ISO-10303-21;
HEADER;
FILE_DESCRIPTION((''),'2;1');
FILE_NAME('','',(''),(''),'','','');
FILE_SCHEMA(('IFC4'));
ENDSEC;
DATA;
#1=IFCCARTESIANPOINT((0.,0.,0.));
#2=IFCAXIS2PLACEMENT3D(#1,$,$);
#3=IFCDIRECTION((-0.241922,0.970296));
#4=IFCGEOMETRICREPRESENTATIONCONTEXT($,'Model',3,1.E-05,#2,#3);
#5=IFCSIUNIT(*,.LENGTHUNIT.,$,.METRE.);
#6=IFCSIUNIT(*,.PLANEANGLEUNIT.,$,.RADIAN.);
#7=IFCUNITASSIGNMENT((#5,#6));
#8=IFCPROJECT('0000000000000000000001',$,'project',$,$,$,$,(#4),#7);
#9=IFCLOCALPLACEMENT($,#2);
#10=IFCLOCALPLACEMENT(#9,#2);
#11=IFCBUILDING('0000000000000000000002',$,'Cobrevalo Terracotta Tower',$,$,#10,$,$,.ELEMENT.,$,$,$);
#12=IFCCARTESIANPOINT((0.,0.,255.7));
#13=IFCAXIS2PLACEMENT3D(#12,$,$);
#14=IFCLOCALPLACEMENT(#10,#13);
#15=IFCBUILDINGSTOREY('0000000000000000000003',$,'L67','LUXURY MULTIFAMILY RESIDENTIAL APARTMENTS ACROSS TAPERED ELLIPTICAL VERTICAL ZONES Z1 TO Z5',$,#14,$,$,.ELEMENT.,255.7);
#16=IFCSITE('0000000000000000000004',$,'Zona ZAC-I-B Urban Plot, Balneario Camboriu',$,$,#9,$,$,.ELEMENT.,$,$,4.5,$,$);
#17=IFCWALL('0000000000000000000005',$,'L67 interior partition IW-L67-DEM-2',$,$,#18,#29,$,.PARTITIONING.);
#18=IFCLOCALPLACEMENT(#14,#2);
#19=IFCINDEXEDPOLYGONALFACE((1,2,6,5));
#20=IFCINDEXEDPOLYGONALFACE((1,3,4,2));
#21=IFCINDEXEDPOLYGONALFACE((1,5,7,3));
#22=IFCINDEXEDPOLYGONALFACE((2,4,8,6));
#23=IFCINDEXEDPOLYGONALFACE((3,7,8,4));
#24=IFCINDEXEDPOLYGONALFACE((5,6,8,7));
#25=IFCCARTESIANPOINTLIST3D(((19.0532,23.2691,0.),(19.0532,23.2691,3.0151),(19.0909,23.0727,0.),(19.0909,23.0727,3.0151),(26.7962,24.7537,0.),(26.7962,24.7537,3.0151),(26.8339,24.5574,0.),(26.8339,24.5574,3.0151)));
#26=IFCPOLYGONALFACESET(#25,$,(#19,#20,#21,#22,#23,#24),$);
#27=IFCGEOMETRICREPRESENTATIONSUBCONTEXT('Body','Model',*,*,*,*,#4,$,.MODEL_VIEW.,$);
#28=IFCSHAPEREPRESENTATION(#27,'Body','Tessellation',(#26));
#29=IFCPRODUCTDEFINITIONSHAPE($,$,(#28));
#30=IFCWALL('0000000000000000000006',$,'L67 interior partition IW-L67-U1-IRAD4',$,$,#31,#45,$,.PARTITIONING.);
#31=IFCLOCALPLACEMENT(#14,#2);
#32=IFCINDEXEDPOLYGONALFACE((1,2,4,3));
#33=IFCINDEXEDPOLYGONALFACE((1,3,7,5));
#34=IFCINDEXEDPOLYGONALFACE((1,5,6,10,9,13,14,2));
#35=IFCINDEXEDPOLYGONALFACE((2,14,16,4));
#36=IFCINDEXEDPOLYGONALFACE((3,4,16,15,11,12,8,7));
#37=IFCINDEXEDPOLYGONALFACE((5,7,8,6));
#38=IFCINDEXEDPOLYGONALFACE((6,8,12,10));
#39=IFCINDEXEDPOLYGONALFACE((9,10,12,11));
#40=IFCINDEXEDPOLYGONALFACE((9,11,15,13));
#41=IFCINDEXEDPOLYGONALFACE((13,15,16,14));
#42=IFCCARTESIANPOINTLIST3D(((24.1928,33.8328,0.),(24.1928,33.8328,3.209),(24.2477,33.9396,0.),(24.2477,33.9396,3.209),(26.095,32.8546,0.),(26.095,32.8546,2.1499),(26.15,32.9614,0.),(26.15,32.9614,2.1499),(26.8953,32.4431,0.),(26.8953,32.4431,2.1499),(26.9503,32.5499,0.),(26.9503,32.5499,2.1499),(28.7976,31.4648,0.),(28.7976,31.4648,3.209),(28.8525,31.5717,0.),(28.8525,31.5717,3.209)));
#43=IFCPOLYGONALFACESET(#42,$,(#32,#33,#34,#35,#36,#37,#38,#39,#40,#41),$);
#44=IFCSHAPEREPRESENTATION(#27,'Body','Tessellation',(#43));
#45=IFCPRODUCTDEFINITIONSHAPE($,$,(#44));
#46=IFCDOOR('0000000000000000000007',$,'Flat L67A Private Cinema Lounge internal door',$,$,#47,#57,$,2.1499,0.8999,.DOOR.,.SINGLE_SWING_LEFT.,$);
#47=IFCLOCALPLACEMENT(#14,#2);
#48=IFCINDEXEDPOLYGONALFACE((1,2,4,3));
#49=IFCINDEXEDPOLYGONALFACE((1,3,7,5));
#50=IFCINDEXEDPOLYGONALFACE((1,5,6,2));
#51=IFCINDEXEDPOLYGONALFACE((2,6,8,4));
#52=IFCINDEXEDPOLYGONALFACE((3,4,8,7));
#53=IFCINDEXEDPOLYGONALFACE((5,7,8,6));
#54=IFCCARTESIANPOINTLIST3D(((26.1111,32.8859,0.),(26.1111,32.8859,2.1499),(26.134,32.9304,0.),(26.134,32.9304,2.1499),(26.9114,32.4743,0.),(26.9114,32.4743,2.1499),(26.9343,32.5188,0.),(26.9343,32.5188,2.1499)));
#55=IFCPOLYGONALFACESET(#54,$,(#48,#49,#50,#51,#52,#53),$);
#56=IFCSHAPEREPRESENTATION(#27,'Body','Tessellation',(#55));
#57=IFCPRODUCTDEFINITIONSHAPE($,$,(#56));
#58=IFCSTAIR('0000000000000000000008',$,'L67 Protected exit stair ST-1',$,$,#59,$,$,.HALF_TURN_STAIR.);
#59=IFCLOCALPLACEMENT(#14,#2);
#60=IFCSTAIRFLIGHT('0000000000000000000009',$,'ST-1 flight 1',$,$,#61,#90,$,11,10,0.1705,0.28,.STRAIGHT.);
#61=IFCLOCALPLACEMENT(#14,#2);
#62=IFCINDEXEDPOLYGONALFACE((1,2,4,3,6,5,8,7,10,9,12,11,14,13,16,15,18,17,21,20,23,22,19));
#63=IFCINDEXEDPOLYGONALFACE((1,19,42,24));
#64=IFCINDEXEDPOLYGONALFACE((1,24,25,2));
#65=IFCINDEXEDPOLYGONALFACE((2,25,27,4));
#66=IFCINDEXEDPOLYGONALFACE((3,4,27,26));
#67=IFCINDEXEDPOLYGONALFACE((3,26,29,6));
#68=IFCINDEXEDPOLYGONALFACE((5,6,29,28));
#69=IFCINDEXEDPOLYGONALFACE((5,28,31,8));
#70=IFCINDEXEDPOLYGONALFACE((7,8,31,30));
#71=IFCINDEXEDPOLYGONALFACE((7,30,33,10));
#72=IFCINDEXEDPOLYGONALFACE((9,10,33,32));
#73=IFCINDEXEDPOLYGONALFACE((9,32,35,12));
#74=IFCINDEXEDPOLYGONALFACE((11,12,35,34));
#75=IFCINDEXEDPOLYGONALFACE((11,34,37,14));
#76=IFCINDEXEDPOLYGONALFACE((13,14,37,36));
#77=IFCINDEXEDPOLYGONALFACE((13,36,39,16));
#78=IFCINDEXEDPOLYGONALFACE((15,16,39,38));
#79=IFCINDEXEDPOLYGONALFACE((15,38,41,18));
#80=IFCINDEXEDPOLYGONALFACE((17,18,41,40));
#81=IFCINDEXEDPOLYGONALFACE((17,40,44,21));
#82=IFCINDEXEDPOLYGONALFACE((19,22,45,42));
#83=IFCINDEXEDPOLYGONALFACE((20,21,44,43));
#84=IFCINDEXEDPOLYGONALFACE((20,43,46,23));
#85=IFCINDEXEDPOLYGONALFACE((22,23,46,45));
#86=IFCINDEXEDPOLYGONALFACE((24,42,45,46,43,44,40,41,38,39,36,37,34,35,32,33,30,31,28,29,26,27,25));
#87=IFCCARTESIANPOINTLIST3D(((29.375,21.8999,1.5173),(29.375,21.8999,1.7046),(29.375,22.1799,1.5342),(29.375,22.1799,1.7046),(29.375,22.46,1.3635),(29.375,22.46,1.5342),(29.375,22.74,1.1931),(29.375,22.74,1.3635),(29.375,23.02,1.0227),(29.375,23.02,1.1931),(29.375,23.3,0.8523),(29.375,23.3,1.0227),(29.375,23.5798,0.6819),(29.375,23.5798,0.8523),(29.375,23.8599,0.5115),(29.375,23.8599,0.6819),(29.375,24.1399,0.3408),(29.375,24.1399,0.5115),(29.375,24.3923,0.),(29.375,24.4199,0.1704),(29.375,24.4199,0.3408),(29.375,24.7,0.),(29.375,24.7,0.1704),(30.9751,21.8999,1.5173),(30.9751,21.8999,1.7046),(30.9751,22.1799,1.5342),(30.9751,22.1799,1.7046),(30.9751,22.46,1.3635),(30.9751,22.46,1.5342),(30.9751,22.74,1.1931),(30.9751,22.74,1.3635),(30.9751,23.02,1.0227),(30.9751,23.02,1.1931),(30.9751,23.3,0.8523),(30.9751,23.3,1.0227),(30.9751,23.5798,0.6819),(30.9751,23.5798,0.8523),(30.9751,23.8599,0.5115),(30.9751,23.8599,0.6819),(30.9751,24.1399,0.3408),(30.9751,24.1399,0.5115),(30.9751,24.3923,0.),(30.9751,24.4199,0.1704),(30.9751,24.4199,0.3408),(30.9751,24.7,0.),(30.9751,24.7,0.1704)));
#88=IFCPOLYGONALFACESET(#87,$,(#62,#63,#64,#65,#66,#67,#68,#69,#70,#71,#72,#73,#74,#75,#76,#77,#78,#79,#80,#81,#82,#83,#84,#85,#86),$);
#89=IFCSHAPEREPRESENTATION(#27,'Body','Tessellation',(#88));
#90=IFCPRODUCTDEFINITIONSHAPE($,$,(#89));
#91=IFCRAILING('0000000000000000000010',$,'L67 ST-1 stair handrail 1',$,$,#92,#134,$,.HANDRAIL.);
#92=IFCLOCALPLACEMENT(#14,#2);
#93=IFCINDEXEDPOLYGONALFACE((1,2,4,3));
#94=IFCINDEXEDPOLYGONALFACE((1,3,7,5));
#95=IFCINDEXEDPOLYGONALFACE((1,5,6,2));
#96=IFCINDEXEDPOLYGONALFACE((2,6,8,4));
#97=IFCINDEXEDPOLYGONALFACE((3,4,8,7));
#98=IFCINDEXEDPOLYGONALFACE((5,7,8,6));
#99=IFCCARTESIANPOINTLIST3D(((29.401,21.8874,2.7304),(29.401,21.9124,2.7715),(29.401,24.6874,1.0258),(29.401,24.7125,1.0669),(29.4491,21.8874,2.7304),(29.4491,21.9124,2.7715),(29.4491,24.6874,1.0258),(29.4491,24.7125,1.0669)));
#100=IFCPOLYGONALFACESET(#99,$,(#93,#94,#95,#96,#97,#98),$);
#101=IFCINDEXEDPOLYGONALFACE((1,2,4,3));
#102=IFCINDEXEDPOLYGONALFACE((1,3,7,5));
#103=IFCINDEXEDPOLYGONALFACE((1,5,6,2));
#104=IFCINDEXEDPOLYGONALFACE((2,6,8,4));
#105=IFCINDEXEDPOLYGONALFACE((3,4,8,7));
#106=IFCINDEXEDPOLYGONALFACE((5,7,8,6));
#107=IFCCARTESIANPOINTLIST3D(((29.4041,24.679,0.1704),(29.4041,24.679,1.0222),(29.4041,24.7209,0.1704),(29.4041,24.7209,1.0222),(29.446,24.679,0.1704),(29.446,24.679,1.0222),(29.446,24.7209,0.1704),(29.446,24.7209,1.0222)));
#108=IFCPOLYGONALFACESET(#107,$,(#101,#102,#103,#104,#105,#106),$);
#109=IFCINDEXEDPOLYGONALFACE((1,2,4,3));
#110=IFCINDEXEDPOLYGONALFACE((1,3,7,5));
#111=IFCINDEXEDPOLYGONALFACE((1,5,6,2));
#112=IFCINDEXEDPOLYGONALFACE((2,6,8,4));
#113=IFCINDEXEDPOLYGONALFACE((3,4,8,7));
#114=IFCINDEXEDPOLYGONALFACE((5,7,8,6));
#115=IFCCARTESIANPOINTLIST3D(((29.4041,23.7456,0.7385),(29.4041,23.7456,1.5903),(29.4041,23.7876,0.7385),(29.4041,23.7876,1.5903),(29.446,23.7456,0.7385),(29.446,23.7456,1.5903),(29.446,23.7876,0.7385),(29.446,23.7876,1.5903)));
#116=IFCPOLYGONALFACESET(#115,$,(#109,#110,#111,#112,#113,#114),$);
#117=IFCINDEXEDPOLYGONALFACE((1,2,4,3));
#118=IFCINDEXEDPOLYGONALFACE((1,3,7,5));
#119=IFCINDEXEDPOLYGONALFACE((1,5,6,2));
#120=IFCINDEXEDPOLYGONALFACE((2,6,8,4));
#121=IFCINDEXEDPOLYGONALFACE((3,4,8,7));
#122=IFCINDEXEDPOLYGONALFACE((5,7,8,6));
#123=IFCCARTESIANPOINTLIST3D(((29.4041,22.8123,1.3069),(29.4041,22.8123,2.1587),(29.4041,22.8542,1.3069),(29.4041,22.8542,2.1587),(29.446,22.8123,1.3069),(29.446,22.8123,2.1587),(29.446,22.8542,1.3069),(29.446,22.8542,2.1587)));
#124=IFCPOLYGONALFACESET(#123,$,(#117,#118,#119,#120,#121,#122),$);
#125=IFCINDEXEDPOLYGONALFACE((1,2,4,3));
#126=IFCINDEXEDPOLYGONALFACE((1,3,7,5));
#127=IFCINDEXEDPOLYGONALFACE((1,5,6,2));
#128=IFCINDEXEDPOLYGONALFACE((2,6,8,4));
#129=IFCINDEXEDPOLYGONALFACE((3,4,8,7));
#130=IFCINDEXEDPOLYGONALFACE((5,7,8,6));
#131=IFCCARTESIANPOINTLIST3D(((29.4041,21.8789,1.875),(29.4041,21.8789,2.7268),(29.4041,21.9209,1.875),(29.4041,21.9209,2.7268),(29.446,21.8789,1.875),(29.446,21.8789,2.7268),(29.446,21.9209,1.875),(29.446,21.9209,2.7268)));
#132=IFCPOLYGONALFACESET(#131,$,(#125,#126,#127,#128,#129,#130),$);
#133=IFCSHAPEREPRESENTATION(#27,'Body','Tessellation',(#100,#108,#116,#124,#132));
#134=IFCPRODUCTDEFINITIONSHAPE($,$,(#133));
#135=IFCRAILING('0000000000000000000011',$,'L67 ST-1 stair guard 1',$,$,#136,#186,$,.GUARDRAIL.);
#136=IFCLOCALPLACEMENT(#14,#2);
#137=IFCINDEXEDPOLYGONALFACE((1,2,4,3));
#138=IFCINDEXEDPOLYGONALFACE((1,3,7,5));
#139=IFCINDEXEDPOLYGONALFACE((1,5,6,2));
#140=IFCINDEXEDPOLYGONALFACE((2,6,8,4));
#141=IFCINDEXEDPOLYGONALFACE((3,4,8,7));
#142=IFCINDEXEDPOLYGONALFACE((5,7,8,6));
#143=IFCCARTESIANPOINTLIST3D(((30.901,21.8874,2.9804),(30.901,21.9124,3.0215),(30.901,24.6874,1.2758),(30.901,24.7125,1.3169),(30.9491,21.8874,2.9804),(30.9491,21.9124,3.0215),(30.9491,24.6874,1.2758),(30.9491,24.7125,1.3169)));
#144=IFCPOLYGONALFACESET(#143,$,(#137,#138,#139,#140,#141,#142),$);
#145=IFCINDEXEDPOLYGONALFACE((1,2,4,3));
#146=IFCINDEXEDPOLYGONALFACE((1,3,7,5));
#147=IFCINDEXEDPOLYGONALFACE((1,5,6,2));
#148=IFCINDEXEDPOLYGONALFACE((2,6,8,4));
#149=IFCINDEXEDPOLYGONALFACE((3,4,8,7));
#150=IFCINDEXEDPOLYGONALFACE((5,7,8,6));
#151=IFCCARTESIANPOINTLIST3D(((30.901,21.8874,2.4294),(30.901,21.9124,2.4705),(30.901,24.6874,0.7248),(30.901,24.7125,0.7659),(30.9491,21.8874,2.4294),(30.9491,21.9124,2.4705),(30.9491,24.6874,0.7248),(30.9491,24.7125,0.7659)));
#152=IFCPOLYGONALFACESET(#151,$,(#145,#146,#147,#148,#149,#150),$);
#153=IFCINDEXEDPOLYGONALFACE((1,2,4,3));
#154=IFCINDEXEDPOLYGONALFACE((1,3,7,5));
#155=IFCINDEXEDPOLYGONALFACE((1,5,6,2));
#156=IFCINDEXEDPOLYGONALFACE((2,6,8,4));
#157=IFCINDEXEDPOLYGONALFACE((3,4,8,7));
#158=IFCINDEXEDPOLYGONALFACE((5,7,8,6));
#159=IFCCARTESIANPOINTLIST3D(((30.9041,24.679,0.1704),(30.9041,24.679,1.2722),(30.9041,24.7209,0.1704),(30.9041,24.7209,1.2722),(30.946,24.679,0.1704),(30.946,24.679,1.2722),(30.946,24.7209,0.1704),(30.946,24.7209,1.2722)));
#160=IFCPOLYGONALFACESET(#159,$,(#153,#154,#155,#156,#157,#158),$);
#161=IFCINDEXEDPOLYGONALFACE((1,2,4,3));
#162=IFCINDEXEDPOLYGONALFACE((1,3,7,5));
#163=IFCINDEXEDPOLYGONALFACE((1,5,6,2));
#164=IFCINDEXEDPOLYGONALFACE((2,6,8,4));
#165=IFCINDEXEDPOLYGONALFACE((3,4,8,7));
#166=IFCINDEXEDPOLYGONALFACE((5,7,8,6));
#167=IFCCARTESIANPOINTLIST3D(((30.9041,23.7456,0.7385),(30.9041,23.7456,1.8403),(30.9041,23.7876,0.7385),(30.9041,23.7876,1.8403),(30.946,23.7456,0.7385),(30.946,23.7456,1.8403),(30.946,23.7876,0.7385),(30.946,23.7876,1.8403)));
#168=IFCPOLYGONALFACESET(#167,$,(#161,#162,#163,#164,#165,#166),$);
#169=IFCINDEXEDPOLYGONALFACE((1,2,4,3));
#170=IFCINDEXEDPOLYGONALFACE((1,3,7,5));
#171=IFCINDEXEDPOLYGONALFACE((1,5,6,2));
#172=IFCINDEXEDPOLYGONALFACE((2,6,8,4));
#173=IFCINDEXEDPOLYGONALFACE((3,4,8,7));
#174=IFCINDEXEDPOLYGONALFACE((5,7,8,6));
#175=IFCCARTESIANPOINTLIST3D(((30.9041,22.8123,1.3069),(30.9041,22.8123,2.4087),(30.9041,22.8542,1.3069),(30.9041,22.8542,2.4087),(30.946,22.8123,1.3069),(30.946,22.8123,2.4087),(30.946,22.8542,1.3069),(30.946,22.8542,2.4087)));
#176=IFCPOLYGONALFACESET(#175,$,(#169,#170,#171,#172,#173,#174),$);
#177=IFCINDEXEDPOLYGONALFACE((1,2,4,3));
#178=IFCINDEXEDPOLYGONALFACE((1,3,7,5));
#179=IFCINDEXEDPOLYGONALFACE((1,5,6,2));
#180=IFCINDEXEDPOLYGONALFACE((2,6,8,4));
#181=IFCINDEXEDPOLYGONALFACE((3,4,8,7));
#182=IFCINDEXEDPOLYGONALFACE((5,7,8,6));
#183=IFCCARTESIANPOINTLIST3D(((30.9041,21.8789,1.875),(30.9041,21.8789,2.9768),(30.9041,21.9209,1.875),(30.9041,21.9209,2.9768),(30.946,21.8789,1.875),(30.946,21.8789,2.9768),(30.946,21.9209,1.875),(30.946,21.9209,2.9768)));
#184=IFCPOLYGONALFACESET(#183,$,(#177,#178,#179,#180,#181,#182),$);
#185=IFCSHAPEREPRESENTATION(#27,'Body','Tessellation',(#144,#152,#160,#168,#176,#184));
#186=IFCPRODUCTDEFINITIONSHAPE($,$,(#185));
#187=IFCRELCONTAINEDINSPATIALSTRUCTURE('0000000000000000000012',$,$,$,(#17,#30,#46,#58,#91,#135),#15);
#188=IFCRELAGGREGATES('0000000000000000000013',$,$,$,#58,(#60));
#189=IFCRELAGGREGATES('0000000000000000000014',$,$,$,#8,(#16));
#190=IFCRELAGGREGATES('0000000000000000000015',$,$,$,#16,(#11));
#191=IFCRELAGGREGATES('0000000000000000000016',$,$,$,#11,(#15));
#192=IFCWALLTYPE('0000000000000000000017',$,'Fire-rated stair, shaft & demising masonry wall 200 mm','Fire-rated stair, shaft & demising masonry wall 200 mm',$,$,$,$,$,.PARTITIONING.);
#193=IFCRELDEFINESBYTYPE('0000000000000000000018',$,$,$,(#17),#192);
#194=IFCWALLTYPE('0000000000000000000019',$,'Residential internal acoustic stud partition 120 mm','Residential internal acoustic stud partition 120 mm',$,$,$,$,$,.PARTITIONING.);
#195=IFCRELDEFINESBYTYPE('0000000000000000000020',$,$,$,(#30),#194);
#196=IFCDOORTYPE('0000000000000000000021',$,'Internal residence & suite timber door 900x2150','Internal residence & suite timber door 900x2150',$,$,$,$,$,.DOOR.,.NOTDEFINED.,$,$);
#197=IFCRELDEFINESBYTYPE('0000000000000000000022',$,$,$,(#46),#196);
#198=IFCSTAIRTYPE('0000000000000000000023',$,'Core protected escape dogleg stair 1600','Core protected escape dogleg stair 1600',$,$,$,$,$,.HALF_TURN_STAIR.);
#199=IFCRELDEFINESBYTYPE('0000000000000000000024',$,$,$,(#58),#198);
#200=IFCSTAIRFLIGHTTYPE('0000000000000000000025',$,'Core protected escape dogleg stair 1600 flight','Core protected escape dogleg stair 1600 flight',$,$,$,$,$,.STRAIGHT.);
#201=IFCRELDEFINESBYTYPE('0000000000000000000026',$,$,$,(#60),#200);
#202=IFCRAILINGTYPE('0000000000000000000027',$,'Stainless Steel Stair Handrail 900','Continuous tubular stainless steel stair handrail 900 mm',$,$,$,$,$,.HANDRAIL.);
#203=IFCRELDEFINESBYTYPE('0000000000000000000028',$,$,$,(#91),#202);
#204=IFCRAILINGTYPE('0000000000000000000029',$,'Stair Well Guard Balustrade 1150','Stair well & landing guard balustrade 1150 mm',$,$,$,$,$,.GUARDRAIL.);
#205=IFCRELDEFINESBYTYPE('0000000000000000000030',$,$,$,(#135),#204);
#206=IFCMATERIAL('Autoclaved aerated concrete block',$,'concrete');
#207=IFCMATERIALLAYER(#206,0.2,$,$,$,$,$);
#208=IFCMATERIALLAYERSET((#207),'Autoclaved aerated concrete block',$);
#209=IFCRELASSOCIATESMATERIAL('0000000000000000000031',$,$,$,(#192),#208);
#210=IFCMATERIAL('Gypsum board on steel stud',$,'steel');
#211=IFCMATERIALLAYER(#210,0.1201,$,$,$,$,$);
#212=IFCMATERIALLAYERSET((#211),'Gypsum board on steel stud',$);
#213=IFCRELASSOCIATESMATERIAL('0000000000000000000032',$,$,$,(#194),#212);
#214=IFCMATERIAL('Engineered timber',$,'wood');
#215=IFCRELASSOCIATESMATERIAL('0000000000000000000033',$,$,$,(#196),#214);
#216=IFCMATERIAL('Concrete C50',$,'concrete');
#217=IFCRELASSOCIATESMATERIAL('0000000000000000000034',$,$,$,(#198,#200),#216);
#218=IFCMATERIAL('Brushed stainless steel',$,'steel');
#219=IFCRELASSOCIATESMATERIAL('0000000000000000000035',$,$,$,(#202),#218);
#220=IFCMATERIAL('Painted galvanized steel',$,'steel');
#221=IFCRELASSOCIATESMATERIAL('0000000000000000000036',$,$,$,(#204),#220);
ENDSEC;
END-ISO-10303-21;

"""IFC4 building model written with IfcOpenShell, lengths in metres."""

from ifc_helpers import new_model, si_unit, direction, frame, frame_2d, origin, origin_2d, place, context, subcontext, project, spatial, polyline, rectangle, outline, extrude, source, transform, mapped, material, layer, layer_set, type_object, element, fill, aggregate, save


model = new_model("IFC4")

# Units and contexts
model_context = context("Model", 3, precision=1e-05, world=origin(), true_north=direction((-0.241922, 0.970296)))
body_context = subcontext(model_context, "Body", "Model", "MODEL_VIEW")
ifc_project = project(units=[si_unit("LENGTHUNIT", "METRE"), si_unit("PLANEANGLEUNIT", "RADIAN")], contexts=[model_context])

# Site, building, storey
site_placement = place(None, origin())
site = spatial("IfcSite", under=ifc_project, at=site_placement, Name="Zona ZAC-I-B Urban Plot, Balneario Camboriu", CompositionType="ELEMENT", RefElevation=4.5)
building_placement = place(site_placement, origin())
building = spatial("IfcBuilding", under=site, at=building_placement, Name="Cobrevalo Terracotta Tower", CompositionType="ELEMENT")
storey_placement = place(building_placement, frame((0.0, 0.0, 255.7)))
storey = spatial("IfcBuildingStorey", under=building, at=storey_placement, Name="L67", Description="LUXURY MULTIFAMILY RESIDENTIAL APARTMENTS ACROSS TAPERED ELLIPTICAL VERTICAL ZONES Z1 TO Z5", CompositionType="ELEMENT", Elevation=255.7)

# Shared definitions
ifc_material_1 = material(Name="Gypsum board on steel stud", Category="steel")

# Shared definitions
ifc_material_2 = material(Name="Brushed stainless steel", Category="steel")

# Wall
ifc_material_3 = material(Name="Autoclaved aerated concrete block", Category="concrete")
ifc_layer_1 = layer(ifc_material_3, 0.2)
ifc_layer_set_1 = layer_set([ifc_layer_1], Name="Autoclaved aerated concrete block")
wall_type_1 = type_object("IfcWallType", Name="Fire-rated stair, shaft & demising masonry wall 200 mm", Description="Fire-rated stair, shaft & demising masonry wall 200 mm", PredefinedType="PARTITIONING", material=ifc_layer_set_1)
wall_1_placement = place(storey_placement, frame((26.8149, 24.6555, 0.0), z_axis=(0.0, 0.0, 1.0), x_axis=(-0.98211, -0.188309, 0.0)))
element("IfcWall", 1, at=wall_1_placement, inside=storey, type_object=wall_type_1, Name="L67 interior partition IW-L67-DEM-2", PredefinedType="PARTITIONING", context=body_context, shape_type="SweptSolid", body=[
    extrude(rectangle(XDim=7.884, YDim=0.2, at=frame_2d((3.9419, 0.0))), origin(), (0.0, 0.0, 1.0), 3.0151),
])

# Wall, opening, door
ifc_layer_2 = layer(ifc_material_1, 0.1201)
ifc_layer_set_2 = layer_set([ifc_layer_2], Name="Gypsum board on steel stud")
wall_type_2 = type_object("IfcWallType", Name="Residential internal acoustic stud partition 120 mm", Description="Residential internal acoustic stud partition 120 mm", PredefinedType="PARTITIONING", material=ifc_layer_set_2)
wall_2_placement = place(storey_placement, frame((28.825, 31.5183, 0.0), z_axis=(0.0, 0.0, 1.0), x_axis=(-0.889306, 0.457313, 0.0)))
wall_2 = element("IfcWall", 2, at=wall_2_placement, inside=storey, type_object=wall_type_2, Name="L67 interior partition IW-L67-U1-IRAD4", PredefinedType="PARTITIONING", context=body_context, shape_type="SweptSolid", body=[
    extrude(rectangle(XDim=5.178, YDim=0.1201, at=frame_2d((2.5889, 0.0))), origin(), (0.0, 0.0, 1.0), 3.209),
])
opening_1_placement = place(wall_2_placement, frame((2.1389, 0.0, 0.0)))
opening_1 = element("IfcOpeningElement", 3, at=opening_1_placement, cuts=wall_2, PredefinedType="OPENING", context=body_context, shape_type="SweptSolid", body=[
    extrude(rectangle(XDim=0.8999, YDim=2.1499, at=frame_2d((0.45, 1.075))), frame((0.0, 0.0701, 0.0), z_axis=(0.0, -1.0, 0.0), x_axis=(1.0, 0.0, 0.0)), (0.0, 0.0, 1.0), 0.1401),
])
ifc_material_4 = material(Name="Engineered timber", Category="wood")
door_type_1 = type_object("IfcDoorType", Name="Internal residence & suite timber door 900x2150", Description="Internal residence & suite timber door 900x2150", OperationType="NOTDEFINED", PredefinedType="DOOR", material=ifc_material_4)
shared_shape_1 = source(origin(), body_context, "Body", "SweptSolid", [
    extrude(rectangle(XDim=0.8999, YDim=2.1499, at=frame_2d((0.45, 1.075))), frame((0.0, 0.0249, 0.0), z_axis=(0.0, -1.0, 0.0), x_axis=(1.0, 0.0, 0.0)), (0.0, 0.0, 1.0), 0.05),
])
door_1_placement = place(opening_1_placement, origin())
door_1 = element("IfcDoor", 4, at=door_1_placement, inside=storey, type_object=door_type_1, Name="Flat L67A Private Cinema Lounge internal door", OperationType="SINGLE_SWING_LEFT", OverallHeight=2.1499, OverallWidth=0.8999, PredefinedType="DOOR", context=body_context, shape_type="MappedRepresentation", body=[
    mapped(shared_shape_1, transform((0.0, 0.0, 0.0), scale=1.0)),
])
fill(opening_1, door_1)
ifc_material_5 = material(Name="Concrete C50", Category="concrete")

# Stair, stair flight
stair_type = type_object("IfcStairType", Name="Core protected escape dogleg stair 1600", Description="Core protected escape dogleg stair 1600", PredefinedType="HALF_TURN_STAIR", material=ifc_material_5)
stair_placement = place(storey_placement, origin())
stair = element("IfcStair", 5, at=stair_placement, inside=storey, type_object=stair_type, Name="L67 Protected exit stair ST-1", PredefinedType="HALF_TURN_STAIR")
stair_flight_type = type_object("IfcStairFlightType", Name="Core protected escape dogleg stair 1600 flight", Description="Core protected escape dogleg stair 1600 flight", PredefinedType="STRAIGHT", material=ifc_material_5)
stair_flight_placement = place(storey_placement, frame((30.175, 24.7, 0.0), z_axis=(0.0, 0.0, 1.0), x_axis=(0.0, -1.0, 0.0)))
stair_flight = element("IfcStairFlight", 6, at=stair_flight_placement, type_object=stair_flight_type, Name="ST-1 flight 1", NumberOfRisers=11, NumberOfTreads=10, PredefinedType="STRAIGHT", RiserHeight=0.1705, TreadLength=0.28, context=body_context, shape_type="SweptSolid", body=[
    extrude(outline(polyline([(0.0, 0.0), (0.0, 0.1704), (0.28, 0.1704), (0.28, 0.3408), (0.5601, 0.3408), (0.5601, 0.5115), (0.8401, 0.5115), (0.8401, 0.6819), (1.1201, 0.6819), (1.1201, 0.8523), (1.3999, 0.8523), (1.3999, 1.0227), (1.6799, 1.0227), (1.6799, 1.1931), (1.96, 1.1931), (1.96, 1.3635), (2.24, 1.3635), (2.24, 1.5342), (2.52, 1.5342), (2.52, 1.7046), (2.8, 1.7046), (2.8, 1.875), (2.8, 1.5173), (0.3076, 0.0), (0.0, 0.0)])), frame((0.0, 0.8, 0.0), z_axis=(0.0, -1.0, 0.0), x_axis=(1.0, 0.0, 0.0)), (0.0, 0.0, 1.0), 1.6001),
])
aggregate(stair, [stair_flight])

# Railings
railing_type_1 = type_object("IfcRailingType", Name="Stainless Steel Stair Handrail 900", Description="Continuous tubular stainless steel stair handrail 900 mm", PredefinedType="HANDRAIL", material=ifc_material_2)
railing_1_placement = place(storey_placement, frame((29.425, 24.7, 0.1704)))
element("IfcRailing", 7, at=railing_1_placement, inside=storey, type_object=railing_type_1, Name="L67 ST-1 stair handrail 1", PredefinedType="HANDRAIL", context=body_context, shape_type="SweptSolid", body=[
    extrude(rectangle(XDim=0.0481, YDim=0.0481, at=origin_2d()), frame((0.0, 0.0, 0.876), z_axis=(0.0, -0.85417, 0.519994), x_axis=(1.0, 0.0, 0.0)), (0.0, 0.0, 1.0), 3.2781),
    extrude(rectangle(XDim=0.042, YDim=0.042, at=origin_2d()), origin(), (0.0, 0.0, 1.0), 0.8518),
    extrude(rectangle(XDim=0.042, YDim=0.042, at=origin_2d()), frame((0.0, -0.9333, 0.5681)), (0.0, 0.0, 1.0), 0.8518),
    extrude(rectangle(XDim=0.042, YDim=0.042, at=origin_2d()), frame((0.0, -1.8667, 1.1365)), (0.0, 0.0, 1.0), 0.8518),
    extrude(rectangle(XDim=0.042, YDim=0.042, at=origin_2d()), frame((0.0, -2.8, 1.7046)), (0.0, 0.0, 1.0), 0.8518),
])
ifc_material_6 = material(Name="Painted galvanized steel", Category="steel")
railing_type_2 = type_object("IfcRailingType", Name="Stair Well Guard Balustrade 1150", Description="Stair well & landing guard balustrade 1150 mm", PredefinedType="GUARDRAIL", material=ifc_material_6)
railing_2_placement = place(storey_placement, frame((30.925, 24.7, 0.1704)))
element("IfcRailing", 8, at=railing_2_placement, inside=storey, type_object=railing_type_2, Name="L67 ST-1 stair guard 1", PredefinedType="GUARDRAIL", context=body_context, shape_type="SweptSolid", body=[
    extrude(rectangle(XDim=0.0481, YDim=0.0481, at=origin_2d()), frame((0.0, 0.0, 1.126), z_axis=(0.0, -0.85417, 0.519994), x_axis=(1.0, 0.0, 0.0)), (0.0, 0.0, 1.0), 3.2781),
    extrude(rectangle(XDim=0.0481, YDim=0.0481, at=origin_2d()), frame((0.0, 0.0, 0.575), z_axis=(0.0, -0.85417, 0.519994), x_axis=(1.0, 0.0, 0.0)), (0.0, 0.0, 1.0), 3.2781),
    extrude(rectangle(XDim=0.042, YDim=0.042, at=origin_2d()), origin(), (0.0, 0.0, 1.0), 1.1018),
    extrude(rectangle(XDim=0.042, YDim=0.042, at=origin_2d()), frame((0.0, -0.9333, 0.5681)), (0.0, 0.0, 1.0), 1.1018),
    extrude(rectangle(XDim=0.042, YDim=0.042, at=origin_2d()), frame((0.0, -1.8667, 1.1365)), (0.0, 0.0, 1.0), 1.1018),
    extrude(rectangle(XDim=0.042, YDim=0.042, at=origin_2d()), frame((0.0, -2.8, 1.7046)), (0.0, 0.0, 1.0), 1.1018),
])

save(model, "model.ifc")
